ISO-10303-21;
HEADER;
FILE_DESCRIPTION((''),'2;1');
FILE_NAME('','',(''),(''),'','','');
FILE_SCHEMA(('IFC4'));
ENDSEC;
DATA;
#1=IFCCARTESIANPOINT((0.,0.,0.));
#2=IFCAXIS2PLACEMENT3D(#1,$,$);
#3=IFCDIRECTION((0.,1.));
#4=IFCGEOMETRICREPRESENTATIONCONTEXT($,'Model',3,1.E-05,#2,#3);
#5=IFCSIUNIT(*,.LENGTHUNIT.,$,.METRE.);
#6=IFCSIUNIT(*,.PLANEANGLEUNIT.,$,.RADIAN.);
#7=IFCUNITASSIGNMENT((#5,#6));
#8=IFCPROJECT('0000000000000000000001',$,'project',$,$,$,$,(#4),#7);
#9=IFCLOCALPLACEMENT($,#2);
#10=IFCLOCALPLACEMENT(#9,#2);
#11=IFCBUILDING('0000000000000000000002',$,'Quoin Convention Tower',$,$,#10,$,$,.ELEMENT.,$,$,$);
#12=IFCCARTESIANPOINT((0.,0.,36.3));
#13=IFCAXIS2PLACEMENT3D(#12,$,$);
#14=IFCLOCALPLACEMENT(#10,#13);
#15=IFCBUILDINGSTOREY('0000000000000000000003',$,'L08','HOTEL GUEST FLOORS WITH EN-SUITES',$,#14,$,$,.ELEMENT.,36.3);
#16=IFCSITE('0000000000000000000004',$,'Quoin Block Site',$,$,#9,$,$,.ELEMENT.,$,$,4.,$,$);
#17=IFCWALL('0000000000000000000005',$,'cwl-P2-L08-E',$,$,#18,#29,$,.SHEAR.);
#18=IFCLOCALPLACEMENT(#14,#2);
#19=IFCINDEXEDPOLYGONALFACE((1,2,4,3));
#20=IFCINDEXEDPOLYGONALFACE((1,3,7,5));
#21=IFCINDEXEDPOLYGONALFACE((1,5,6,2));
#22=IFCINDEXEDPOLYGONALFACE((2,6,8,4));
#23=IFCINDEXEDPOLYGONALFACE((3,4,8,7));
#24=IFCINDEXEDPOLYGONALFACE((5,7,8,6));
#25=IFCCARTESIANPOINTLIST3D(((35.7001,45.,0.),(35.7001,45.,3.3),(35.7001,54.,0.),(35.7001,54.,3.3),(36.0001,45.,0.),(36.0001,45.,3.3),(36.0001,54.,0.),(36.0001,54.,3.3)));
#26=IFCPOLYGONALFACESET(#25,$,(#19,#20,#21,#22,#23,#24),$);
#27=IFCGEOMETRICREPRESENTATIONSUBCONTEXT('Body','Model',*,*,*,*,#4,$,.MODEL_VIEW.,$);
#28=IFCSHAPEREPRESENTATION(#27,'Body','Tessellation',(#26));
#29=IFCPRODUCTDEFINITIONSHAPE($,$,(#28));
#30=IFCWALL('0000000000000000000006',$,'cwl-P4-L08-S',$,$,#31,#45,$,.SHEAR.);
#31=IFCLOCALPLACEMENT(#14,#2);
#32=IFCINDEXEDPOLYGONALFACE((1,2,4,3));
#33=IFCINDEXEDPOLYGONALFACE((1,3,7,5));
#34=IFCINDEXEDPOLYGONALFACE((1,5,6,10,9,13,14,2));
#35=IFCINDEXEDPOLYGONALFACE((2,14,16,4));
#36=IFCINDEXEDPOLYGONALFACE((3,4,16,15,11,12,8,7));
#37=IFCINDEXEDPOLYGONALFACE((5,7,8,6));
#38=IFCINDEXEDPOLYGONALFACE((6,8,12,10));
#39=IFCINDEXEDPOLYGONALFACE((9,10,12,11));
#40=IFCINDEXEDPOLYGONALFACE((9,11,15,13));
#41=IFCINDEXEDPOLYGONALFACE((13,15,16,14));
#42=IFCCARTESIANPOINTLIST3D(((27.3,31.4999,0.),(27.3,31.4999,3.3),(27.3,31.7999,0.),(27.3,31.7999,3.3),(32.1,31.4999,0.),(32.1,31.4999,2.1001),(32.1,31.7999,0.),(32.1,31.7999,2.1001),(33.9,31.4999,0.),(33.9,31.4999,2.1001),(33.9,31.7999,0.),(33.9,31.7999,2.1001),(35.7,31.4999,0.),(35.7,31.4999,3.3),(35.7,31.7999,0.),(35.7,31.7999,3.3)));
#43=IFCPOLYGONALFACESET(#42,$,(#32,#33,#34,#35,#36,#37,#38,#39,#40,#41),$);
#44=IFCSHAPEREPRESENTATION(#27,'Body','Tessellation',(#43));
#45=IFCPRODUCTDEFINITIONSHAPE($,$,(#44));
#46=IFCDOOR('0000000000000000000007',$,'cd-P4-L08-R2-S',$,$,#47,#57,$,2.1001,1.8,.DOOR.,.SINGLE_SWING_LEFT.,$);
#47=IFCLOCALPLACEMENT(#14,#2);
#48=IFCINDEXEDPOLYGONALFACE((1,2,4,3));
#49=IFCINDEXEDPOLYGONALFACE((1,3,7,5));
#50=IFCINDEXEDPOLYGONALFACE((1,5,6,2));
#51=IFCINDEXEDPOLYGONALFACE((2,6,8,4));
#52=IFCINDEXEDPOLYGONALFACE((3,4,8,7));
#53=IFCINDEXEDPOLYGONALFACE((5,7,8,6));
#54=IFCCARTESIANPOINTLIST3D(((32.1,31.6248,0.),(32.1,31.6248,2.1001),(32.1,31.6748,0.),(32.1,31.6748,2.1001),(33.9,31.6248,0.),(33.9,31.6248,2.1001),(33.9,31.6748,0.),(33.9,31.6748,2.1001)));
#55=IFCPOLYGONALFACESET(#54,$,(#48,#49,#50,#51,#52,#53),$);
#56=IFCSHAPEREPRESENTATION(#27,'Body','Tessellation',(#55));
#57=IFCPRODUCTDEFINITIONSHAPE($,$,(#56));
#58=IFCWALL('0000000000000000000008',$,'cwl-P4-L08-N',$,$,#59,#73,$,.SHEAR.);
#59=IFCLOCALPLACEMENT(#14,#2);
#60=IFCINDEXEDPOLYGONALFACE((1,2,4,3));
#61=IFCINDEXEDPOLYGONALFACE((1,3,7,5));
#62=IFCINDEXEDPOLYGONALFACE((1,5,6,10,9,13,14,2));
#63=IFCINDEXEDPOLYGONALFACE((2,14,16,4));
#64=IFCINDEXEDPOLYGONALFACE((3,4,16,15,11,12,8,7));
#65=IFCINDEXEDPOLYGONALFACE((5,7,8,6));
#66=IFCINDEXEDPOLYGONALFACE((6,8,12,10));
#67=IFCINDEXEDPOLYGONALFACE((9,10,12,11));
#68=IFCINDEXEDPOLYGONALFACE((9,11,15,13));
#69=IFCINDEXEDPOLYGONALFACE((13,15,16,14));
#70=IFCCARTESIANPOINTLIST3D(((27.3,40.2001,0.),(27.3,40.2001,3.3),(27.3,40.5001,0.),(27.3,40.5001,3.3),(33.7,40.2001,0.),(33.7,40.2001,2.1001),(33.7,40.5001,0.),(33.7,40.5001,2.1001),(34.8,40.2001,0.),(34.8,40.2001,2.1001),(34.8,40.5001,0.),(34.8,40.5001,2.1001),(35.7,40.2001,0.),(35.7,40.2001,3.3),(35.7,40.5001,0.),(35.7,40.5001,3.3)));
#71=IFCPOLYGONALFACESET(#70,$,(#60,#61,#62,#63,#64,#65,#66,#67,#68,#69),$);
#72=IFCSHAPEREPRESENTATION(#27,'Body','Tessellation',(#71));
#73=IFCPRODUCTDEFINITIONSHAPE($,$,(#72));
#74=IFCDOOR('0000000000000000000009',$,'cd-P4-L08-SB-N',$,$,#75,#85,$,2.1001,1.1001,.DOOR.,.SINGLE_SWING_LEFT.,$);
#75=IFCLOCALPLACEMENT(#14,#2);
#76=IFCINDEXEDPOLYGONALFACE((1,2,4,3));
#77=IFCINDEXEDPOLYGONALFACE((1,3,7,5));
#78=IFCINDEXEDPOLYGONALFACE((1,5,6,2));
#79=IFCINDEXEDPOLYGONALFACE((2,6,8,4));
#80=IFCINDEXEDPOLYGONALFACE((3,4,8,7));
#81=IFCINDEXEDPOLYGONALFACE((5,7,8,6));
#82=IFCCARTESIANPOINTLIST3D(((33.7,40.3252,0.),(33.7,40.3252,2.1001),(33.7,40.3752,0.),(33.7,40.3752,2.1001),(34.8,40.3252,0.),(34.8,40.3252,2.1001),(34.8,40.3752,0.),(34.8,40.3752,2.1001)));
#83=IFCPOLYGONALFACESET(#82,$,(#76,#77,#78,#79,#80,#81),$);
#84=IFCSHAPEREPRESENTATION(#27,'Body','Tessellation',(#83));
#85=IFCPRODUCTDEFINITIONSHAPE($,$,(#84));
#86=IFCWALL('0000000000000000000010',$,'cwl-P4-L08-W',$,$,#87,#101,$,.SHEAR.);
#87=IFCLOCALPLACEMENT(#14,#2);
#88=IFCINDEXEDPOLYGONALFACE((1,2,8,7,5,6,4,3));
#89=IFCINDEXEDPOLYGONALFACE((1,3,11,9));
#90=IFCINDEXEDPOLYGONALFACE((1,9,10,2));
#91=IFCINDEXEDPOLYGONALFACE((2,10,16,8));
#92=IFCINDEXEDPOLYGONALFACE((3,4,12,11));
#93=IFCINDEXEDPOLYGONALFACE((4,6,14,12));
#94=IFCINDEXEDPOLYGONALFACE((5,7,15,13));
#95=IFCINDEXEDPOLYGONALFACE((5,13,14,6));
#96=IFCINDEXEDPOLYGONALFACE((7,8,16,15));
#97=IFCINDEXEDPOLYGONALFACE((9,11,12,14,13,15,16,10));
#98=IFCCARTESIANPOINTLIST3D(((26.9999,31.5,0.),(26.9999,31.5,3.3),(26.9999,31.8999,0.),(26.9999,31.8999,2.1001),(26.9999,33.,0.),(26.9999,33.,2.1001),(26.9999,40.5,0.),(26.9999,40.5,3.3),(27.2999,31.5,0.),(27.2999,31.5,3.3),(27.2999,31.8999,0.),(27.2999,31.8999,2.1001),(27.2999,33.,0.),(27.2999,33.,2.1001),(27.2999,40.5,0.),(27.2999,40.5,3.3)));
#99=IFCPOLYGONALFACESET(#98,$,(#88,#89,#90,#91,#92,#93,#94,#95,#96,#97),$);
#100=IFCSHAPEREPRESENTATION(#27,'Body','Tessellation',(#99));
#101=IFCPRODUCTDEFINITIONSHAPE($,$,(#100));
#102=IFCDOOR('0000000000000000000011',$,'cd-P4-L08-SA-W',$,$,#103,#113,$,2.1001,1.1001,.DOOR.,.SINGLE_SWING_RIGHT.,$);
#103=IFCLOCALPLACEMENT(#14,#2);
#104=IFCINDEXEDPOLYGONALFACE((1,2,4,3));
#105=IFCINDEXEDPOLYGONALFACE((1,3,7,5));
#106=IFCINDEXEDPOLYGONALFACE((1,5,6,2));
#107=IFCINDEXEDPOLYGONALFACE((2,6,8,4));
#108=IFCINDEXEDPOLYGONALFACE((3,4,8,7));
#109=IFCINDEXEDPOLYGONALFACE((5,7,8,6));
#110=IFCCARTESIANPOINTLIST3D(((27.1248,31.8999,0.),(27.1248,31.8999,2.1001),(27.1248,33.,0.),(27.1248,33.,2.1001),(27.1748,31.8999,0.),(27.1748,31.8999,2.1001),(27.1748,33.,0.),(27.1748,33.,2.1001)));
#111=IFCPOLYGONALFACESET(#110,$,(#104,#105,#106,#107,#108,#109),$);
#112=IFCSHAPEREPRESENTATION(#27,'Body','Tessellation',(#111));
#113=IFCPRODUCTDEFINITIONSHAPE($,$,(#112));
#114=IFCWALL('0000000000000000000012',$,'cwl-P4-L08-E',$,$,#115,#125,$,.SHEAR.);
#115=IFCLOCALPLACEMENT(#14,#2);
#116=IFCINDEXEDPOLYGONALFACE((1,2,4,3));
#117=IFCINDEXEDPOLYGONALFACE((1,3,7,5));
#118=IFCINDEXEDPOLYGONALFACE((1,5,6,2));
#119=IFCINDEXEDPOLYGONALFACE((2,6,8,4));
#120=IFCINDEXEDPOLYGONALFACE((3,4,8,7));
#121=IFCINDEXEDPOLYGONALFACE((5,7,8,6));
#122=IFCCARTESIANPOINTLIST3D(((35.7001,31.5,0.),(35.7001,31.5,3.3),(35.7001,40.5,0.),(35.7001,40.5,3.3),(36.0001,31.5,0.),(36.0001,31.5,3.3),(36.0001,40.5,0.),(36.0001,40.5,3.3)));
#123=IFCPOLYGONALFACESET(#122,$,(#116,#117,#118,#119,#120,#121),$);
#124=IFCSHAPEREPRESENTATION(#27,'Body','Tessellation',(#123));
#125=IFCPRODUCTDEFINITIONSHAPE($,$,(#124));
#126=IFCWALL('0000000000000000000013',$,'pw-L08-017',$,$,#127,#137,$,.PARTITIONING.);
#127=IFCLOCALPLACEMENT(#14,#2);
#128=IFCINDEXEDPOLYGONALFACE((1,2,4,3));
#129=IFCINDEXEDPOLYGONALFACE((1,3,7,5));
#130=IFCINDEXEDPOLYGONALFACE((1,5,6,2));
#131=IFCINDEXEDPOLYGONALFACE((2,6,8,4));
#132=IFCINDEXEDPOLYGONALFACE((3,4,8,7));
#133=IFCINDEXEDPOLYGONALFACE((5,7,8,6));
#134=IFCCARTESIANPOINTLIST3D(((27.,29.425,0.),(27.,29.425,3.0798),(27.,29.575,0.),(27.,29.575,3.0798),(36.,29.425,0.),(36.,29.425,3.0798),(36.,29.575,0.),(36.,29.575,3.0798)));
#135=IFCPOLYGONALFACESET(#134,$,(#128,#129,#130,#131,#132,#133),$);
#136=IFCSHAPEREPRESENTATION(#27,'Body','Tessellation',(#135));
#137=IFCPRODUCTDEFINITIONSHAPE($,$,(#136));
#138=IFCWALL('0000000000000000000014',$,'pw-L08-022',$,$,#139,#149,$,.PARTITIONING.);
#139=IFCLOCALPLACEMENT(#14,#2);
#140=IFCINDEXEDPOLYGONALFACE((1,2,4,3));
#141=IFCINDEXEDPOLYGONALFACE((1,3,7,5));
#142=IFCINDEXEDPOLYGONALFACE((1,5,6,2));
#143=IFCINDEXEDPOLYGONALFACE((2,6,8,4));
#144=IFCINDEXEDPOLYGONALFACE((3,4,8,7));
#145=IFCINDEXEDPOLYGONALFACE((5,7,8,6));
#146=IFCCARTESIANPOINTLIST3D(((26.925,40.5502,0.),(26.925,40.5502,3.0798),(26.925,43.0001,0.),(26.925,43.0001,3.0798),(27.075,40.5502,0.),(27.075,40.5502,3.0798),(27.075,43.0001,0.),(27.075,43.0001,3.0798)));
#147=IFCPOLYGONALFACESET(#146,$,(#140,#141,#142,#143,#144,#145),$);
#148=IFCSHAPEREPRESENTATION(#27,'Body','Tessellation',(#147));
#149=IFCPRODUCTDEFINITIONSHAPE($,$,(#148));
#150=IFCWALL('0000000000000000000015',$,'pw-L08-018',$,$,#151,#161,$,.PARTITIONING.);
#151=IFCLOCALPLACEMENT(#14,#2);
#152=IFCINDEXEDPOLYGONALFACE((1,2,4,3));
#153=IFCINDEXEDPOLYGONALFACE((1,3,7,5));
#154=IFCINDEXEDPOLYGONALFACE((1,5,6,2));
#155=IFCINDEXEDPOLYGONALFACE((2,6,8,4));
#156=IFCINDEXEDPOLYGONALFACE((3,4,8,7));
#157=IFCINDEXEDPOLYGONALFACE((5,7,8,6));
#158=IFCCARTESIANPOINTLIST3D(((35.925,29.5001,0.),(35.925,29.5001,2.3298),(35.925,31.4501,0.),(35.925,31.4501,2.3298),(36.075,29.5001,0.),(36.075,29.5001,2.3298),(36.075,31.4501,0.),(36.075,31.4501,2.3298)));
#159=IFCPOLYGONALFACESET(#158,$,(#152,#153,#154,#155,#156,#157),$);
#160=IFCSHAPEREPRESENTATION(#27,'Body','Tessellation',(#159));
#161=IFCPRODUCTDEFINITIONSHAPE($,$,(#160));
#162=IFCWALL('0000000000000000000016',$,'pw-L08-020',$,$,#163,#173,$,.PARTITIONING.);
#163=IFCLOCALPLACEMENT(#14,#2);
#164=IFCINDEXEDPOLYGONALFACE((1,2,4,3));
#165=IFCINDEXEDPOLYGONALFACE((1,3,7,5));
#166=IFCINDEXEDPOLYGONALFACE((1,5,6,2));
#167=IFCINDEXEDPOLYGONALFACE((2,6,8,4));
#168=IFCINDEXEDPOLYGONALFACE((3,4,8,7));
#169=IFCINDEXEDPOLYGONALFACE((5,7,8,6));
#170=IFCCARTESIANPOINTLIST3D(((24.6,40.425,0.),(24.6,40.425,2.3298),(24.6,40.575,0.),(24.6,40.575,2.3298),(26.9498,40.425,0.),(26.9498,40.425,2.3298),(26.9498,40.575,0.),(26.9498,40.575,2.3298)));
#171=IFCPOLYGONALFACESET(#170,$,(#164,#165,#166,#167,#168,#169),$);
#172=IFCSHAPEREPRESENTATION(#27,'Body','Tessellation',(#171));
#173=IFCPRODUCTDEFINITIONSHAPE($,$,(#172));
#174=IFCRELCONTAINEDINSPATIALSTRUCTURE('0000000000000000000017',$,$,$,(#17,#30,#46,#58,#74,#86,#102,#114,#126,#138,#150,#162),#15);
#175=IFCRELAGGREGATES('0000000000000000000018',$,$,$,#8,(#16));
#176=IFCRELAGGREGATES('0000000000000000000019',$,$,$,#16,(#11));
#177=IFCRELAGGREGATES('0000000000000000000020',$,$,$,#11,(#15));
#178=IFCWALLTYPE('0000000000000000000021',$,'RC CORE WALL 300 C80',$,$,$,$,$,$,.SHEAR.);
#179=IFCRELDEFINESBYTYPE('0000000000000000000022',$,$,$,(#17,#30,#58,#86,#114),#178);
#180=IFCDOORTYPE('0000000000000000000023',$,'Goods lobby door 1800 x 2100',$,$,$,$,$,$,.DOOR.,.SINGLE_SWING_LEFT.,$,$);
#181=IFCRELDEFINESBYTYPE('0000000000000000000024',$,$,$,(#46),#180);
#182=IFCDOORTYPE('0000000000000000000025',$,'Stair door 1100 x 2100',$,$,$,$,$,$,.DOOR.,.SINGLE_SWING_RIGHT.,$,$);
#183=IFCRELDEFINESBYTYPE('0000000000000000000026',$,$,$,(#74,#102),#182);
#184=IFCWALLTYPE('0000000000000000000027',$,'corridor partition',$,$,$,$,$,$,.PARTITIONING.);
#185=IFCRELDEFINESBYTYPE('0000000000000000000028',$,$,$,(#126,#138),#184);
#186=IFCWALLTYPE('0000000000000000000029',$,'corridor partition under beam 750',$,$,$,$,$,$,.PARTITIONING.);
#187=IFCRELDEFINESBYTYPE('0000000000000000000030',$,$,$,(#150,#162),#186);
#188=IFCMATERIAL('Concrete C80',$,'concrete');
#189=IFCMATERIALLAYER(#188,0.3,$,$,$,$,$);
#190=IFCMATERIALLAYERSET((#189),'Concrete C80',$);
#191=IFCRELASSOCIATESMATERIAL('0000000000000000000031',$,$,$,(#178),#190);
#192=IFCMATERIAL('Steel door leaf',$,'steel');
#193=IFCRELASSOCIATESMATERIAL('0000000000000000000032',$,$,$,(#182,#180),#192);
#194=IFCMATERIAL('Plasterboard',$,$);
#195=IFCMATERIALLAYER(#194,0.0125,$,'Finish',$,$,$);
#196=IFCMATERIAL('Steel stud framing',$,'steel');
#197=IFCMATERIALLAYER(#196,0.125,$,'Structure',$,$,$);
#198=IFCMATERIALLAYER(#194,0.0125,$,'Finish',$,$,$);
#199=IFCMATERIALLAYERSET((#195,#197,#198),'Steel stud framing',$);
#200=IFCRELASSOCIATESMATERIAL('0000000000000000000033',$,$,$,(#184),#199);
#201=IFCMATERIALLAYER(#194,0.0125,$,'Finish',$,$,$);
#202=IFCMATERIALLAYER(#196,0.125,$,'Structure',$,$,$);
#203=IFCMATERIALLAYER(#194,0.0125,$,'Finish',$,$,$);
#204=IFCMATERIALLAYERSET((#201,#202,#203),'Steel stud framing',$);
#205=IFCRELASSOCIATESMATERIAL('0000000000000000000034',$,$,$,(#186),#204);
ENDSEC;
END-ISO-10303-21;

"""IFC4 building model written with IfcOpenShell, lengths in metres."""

from ifc_helpers import new_model, si_unit, direction, frame, frame_2d, origin, place, context, subcontext, project, spatial, rectangle, extrude, material, layer, layer_set, type_object, element, fill, save


model = new_model("IFC4")

# Units and contexts
model_context = context("Model", 3, precision=1e-05, world=origin(), true_north=direction((0.0, 1.0)))
body_context = subcontext(model_context, "Body", "Model", "MODEL_VIEW")
ifc_project = project(units=[si_unit("LENGTHUNIT", "METRE"), si_unit("PLANEANGLEUNIT", "RADIAN")], contexts=[model_context])

# Site, building, storey
site_placement = place(None, origin())
site = spatial("IfcSite", under=ifc_project, at=site_placement, Name="Quoin Block Site", CompositionType="ELEMENT", RefElevation=4.0)
building_placement = place(site_placement, origin())
building = spatial("IfcBuilding", under=site, at=building_placement, Name="Quoin Convention Tower", CompositionType="ELEMENT")
storey_placement = place(building_placement, frame((0.0, 0.0, 36.3)))
storey = spatial("IfcBuildingStorey", under=building, at=storey_placement, Name="L08", Description="HOTEL GUEST FLOORS WITH EN-SUITES", CompositionType="ELEMENT", Elevation=36.3)

# Shared definitions
ifc_material_1 = material(Name="Concrete C80", Category="concrete")

# Shared definitions
ifc_material_2 = material(Name="Steel door leaf", Category="steel")

# Shared definitions
ifc_layer_1 = layer(ifc_material_1, 0.3)
ifc_layer_set_1 = layer_set([ifc_layer_1], Name="Concrete C80")
wall_type_1 = type_object("IfcWallType", Name="RC CORE WALL 300 C80", PredefinedType="SHEAR", material=ifc_layer_set_1)
door_type_1 = type_object("IfcDoorType", Name="Stair door 1100 x 2100", OperationType="SINGLE_SWING_RIGHT", PredefinedType="DOOR", material=ifc_material_2)

# Wall
wall_1_placement = place(storey_placement, frame((35.8501, 45.0, 0.0), z_axis=(0.0, 0.0, 1.0), x_axis=(0.0, 1.0, 0.0)))
element("IfcWall", 1, at=wall_1_placement, inside=storey, type_object=wall_type_1, Name="cwl-P2-L08-E", PredefinedType="SHEAR", context=body_context, shape_type="SweptSolid", body=[
    extrude(rectangle(XDim=9.0, YDim=0.3, at=frame_2d((4.5, 0.0))), origin(), (0.0, 0.0, 1.0), 3.3),
])

# Walls, openings, doors
wall_2_placement = place(storey_placement, frame((27.3, 31.6499, 0.0), z_axis=(0.0, 0.0, 1.0), x_axis=(1.0, 0.0, 0.0)))
wall_2 = element("IfcWall", 2, at=wall_2_placement, inside=storey, type_object=wall_type_1, Name="cwl-P4-L08-S", PredefinedType="SHEAR", context=body_context, shape_type="SweptSolid", body=[
    extrude(rectangle(XDim=8.3999, YDim=0.3, at=frame_2d((4.2, 0.0))), origin(), (0.0, 0.0, 1.0), 3.3),
])
opening_1_placement = place(wall_2_placement, frame((4.8, 0.0, 0.0)))
opening_1 = element("IfcOpeningElement", 3, at=opening_1_placement, cuts=wall_2, PredefinedType="OPENING", context=body_context, shape_type="SweptSolid", body=[
    extrude(rectangle(XDim=1.8, YDim=2.1001, at=frame_2d((0.8999, 1.05))), frame((0.0, 0.1599, 0.0), z_axis=(0.0, -1.0, 0.0), x_axis=(1.0, 0.0, 0.0)), (0.0, 0.0, 1.0), 0.3201),
])
door_type_2 = type_object("IfcDoorType", Name="Goods lobby door 1800 x 2100", OperationType="SINGLE_SWING_LEFT", PredefinedType="DOOR", material=ifc_material_2)
door_1_placement = place(opening_1_placement, origin())
door_1 = element("IfcDoor", 4, at=door_1_placement, inside=storey, type_object=door_type_2, Name="cd-P4-L08-R2-S", OperationType="SINGLE_SWING_LEFT", OverallHeight=2.1001, OverallWidth=1.8, PredefinedType="DOOR", context=body_context, shape_type="SweptSolid", body=[
    extrude(rectangle(XDim=1.8, YDim=2.1001, at=frame_2d((0.8999, 1.05))), frame((0.0, 0.0249, 0.0), z_axis=(0.0, -1.0, 0.0), x_axis=(1.0, 0.0, 0.0)), (0.0, 0.0, 1.0), 0.05),
])
fill(opening_1, door_1)
wall_3_placement = place(storey_placement, frame((27.3, 40.3501, 0.0), z_axis=(0.0, 0.0, 1.0), x_axis=(1.0, 0.0, 0.0)))
wall_3 = element("IfcWall", 5, at=wall_3_placement, inside=storey, type_object=wall_type_1, Name="cwl-P4-L08-N", PredefinedType="SHEAR", context=body_context, shape_type="SweptSolid", body=[
    extrude(rectangle(XDim=8.3999, YDim=0.3, at=frame_2d((4.2, 0.0))), origin(), (0.0, 0.0, 1.0), 3.3),
])
opening_2_placement = place(wall_3_placement, frame((6.3999, 0.0, 0.0)))
opening_2 = element("IfcOpeningElement", 6, at=opening_2_placement, cuts=wall_3, PredefinedType="OPENING", context=body_context, shape_type="SweptSolid", body=[
    extrude(rectangle(XDim=1.1001, YDim=2.1001, at=frame_2d((0.55, 1.05))), frame((0.0, 0.1599, 0.0), z_axis=(0.0, -1.0, 0.0), x_axis=(1.0, 0.0, 0.0)), (0.0, 0.0, 1.0), 0.3201),
])
door_2_placement = place(opening_2_placement, frame((1.1001, 0.0, 0.0), z_axis=(0.0, 0.0, 1.0), x_axis=(-1.0, 0.0, 0.0)))
door_2 = element("IfcDoor", 7, at=door_2_placement, inside=storey, type_object=door_type_1, Name="cd-P4-L08-SB-N", OperationType="SINGLE_SWING_LEFT", OverallHeight=2.1001, OverallWidth=1.1001, PredefinedType="DOOR", context=body_context, shape_type="SweptSolid", body=[
    extrude(rectangle(XDim=1.1001, YDim=2.1001, at=frame_2d((0.55, 1.05))), frame((0.0, 0.0249, 0.0), z_axis=(0.0, -1.0, 0.0), x_axis=(1.0, 0.0, 0.0)), (0.0, 0.0, 1.0), 0.05),
])
fill(opening_2, door_2)
wall_4_placement = place(storey_placement, frame((27.1499, 31.5, 0.0), z_axis=(0.0, 0.0, 1.0), x_axis=(0.0, 1.0, 0.0)))
wall_4 = element("IfcWall", 8, at=wall_4_placement, inside=storey, type_object=wall_type_1, Name="cwl-P4-L08-W", PredefinedType="SHEAR", context=body_context, shape_type="SweptSolid", body=[
    extrude(rectangle(XDim=9.0, YDim=0.3, at=frame_2d((4.5, 0.0))), origin(), (0.0, 0.0, 1.0), 3.3),
])
opening_3_placement = place(wall_4_placement, frame((0.3999, 0.0, 0.0)))
opening_3 = element("IfcOpeningElement", 9, at=opening_3_placement, cuts=wall_4, PredefinedType="OPENING", context=body_context, shape_type="SweptSolid", body=[
    extrude(rectangle(XDim=1.1001, YDim=2.1001, at=frame_2d((0.55, 1.05))), frame((0.0, 0.1599, 0.0), z_axis=(0.0, -1.0, 0.0), x_axis=(1.0, 0.0, 0.0)), (0.0, 0.0, 1.0), 0.3201),
])
door_3_placement = place(opening_3_placement, frame((1.1001, 0.0, 0.0), z_axis=(0.0, 0.0, 1.0), x_axis=(-1.0, 0.0, 0.0)))
door_3 = element("IfcDoor", 10, at=door_3_placement, inside=storey, type_object=door_type_1, Name="cd-P4-L08-SA-W", OperationType="SINGLE_SWING_RIGHT", OverallHeight=2.1001, OverallWidth=1.1001, PredefinedType="DOOR", context=body_context, shape_type="SweptSolid", body=[
    extrude(rectangle(XDim=1.1001, YDim=2.1001, at=frame_2d((0.55, 1.05))), frame((0.0, 0.0249, 0.0), z_axis=(0.0, -1.0, 0.0), x_axis=(1.0, 0.0, 0.0)), (0.0, 0.0, 1.0), 0.05),
])
fill(opening_3, door_3)

# Walls
wall_5_placement = place(storey_placement, frame((35.8501, 31.5, 0.0), z_axis=(0.0, 0.0, 1.0), x_axis=(0.0, 1.0, 0.0)))
element("IfcWall", 11, at=wall_5_placement, inside=storey, type_object=wall_type_1, Name="cwl-P4-L08-E", PredefinedType="SHEAR", context=body_context, shape_type="SweptSolid", body=[
    extrude(rectangle(XDim=9.0, YDim=0.3, at=frame_2d((4.5, 0.0))), origin(), (0.0, 0.0, 1.0), 3.3),
])
ifc_material_3 = material(Name="Plasterboard")
ifc_layer_2 = layer(ifc_material_3, 0.0125, Name="Finish")
ifc_material_4 = material(Name="Steel stud framing", Category="steel")
ifc_layer_3 = layer(ifc_material_4, 0.125, Name="Structure")
ifc_layer_4 = layer(ifc_material_3, 0.0125, Name="Finish")
ifc_layer_set_2 = layer_set([ifc_layer_2, ifc_layer_3, ifc_layer_4], Name="Steel stud framing")
wall_type_2 = type_object("IfcWallType", Name="corridor partition", PredefinedType="PARTITIONING", material=ifc_layer_set_2)
wall_6_placement = place(storey_placement, frame((27.0, 29.5, 0.0), z_axis=(0.0, 0.0, 1.0), x_axis=(1.0, 0.0, 0.0)))
element("IfcWall", 12, at=wall_6_placement, inside=storey, type_object=wall_type_2, Name="pw-L08-017", PredefinedType="PARTITIONING", context=body_context, shape_type="SweptSolid", body=[
    extrude(rectangle(XDim=9.0, YDim=0.1499, at=frame_2d((4.5, 0.0))), origin(), (0.0, 0.0, 1.0), 3.0798),
])
wall_7_placement = place(storey_placement, frame((27.0, 40.55, 0.0), z_axis=(0.0, 0.0, 1.0), x_axis=(0.0, 1.0, 0.0)))
element("IfcWall", 13, at=wall_7_placement, inside=storey, type_object=wall_type_2, Name="pw-L08-022", PredefinedType="PARTITIONING", context=body_context, shape_type="SweptSolid", body=[
    extrude(rectangle(XDim=2.45, YDim=0.1499, at=frame_2d((1.2251, 0.0))), origin(), (0.0, 0.0, 1.0), 3.0798),
])
ifc_layer_5 = layer(ifc_material_3, 0.0125, Name="Finish")
ifc_layer_6 = layer(ifc_material_4, 0.125, Name="Structure")
ifc_layer_7 = layer(ifc_material_3, 0.0125, Name="Finish")
ifc_layer_set_3 = layer_set([ifc_layer_5, ifc_layer_6, ifc_layer_7], Name="Steel stud framing")
wall_type_3 = type_object("IfcWallType", Name="corridor partition under beam 750", PredefinedType="PARTITIONING", material=ifc_layer_set_3)
wall_8_placement = place(storey_placement, frame((36.0, 29.5, 0.0), z_axis=(0.0, 0.0, 1.0), x_axis=(0.0, 1.0, 0.0)))
element("IfcWall", 14, at=wall_8_placement, inside=storey, type_object=wall_type_3, Name="pw-L08-018", PredefinedType="PARTITIONING", context=body_context, shape_type="SweptSolid", body=[
    extrude(rectangle(XDim=1.95, YDim=0.1499, at=frame_2d((0.9751, 0.0))), origin(), (0.0, 0.0, 1.0), 2.3298),
])
wall_9_placement = place(storey_placement, frame((24.6001, 40.5, 0.0), z_axis=(0.0, 0.0, 1.0), x_axis=(1.0, 0.0, 0.0)))
element("IfcWall", 15, at=wall_9_placement, inside=storey, type_object=wall_type_3, Name="pw-L08-020", PredefinedType="PARTITIONING", context=body_context, shape_type="SweptSolid", body=[
    extrude(rectangle(XDim=2.3499, YDim=0.1499, at=frame_2d((1.1748, 0.0))), origin(), (0.0, 0.0, 1.0), 2.3298),
])

save(model, "model.ifc")
